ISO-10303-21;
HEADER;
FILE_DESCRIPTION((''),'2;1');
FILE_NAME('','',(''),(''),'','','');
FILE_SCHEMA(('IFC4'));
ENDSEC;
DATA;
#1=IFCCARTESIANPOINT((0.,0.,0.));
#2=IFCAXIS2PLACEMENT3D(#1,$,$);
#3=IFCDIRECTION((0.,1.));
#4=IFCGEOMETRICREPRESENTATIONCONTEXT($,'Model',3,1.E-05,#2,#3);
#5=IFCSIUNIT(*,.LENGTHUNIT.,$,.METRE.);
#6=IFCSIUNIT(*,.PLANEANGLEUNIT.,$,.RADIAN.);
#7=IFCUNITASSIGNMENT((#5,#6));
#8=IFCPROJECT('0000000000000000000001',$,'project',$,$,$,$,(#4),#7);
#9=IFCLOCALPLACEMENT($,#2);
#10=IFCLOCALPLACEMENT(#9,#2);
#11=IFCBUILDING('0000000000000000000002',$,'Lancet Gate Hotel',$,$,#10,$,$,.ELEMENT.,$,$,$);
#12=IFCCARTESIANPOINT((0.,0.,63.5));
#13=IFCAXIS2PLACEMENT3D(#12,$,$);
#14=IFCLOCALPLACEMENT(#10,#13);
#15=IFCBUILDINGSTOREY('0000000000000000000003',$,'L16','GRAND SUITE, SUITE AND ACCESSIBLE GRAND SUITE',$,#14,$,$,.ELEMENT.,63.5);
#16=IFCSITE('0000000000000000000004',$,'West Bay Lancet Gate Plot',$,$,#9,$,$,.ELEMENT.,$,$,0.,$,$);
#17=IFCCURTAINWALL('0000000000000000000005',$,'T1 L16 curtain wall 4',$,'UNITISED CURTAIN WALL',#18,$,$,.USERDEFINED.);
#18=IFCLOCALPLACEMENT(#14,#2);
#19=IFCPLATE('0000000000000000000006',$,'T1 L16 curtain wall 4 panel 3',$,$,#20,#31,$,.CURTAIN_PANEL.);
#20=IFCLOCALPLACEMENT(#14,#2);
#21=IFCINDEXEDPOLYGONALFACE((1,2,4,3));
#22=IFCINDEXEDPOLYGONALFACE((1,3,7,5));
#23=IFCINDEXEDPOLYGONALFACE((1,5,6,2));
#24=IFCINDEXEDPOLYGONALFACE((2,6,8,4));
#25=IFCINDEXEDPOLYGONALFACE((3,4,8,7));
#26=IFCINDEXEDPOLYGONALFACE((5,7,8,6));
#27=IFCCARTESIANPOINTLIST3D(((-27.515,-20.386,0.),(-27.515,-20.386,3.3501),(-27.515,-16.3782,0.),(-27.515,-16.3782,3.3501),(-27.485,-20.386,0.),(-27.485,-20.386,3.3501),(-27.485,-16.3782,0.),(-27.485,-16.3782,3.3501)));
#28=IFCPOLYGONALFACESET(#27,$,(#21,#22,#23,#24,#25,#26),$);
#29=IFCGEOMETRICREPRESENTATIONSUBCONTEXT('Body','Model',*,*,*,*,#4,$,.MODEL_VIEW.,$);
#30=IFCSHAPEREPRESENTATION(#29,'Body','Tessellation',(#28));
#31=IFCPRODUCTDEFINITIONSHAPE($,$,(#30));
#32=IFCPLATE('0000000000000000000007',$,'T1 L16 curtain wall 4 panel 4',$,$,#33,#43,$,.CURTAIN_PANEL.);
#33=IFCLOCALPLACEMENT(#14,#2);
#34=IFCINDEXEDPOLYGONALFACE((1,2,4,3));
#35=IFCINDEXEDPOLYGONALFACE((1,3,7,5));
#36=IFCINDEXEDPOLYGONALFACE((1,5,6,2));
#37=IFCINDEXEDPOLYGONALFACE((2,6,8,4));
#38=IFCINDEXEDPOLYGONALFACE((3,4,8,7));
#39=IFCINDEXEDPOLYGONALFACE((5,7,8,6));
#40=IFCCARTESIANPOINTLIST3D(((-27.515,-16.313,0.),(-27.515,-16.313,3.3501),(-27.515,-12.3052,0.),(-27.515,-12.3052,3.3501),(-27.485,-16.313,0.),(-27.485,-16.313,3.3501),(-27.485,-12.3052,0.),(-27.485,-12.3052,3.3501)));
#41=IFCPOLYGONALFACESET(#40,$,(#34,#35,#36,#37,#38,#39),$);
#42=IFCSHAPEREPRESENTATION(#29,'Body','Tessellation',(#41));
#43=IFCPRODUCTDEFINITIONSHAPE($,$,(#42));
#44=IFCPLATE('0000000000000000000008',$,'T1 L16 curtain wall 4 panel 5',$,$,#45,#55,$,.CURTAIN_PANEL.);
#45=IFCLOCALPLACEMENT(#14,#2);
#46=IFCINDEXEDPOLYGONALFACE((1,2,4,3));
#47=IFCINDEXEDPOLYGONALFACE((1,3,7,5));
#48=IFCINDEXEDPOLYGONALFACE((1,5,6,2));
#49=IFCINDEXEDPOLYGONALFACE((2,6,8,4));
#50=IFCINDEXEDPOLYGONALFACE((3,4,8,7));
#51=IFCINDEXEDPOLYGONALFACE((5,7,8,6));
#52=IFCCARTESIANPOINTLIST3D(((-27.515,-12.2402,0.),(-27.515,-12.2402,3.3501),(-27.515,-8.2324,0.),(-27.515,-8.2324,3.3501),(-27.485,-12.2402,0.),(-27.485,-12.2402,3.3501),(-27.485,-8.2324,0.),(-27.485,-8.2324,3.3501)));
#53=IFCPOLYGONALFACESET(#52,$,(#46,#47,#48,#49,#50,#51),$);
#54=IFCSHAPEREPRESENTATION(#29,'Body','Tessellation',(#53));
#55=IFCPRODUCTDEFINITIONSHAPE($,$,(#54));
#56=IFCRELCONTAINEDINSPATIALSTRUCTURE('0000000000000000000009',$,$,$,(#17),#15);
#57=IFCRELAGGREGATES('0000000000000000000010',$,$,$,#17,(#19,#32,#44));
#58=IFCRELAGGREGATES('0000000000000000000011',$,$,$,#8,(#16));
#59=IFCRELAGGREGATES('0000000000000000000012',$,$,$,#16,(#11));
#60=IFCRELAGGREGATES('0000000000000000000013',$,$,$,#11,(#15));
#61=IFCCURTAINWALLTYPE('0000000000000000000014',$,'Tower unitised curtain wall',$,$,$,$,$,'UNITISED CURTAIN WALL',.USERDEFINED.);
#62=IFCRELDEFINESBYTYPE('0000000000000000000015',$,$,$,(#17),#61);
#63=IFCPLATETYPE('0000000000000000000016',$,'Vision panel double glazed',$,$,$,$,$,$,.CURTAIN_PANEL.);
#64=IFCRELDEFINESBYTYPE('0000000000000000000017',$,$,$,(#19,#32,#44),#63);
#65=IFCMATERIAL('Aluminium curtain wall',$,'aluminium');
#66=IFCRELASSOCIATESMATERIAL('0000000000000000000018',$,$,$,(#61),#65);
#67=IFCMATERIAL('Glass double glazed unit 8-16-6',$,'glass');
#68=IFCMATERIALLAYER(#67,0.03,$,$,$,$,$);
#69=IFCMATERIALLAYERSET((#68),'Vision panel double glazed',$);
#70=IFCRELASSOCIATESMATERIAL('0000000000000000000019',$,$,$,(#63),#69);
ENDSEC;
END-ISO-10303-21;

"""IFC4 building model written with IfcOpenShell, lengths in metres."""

from ifc_helpers import new_model, si_unit, direction, frame, origin, origin_2d, place, context, subcontext, project, spatial, rectangle, extrude, material, layer, layer_set, type_object, element, aggregate, save


model = new_model("IFC4")

# Units and contexts
model_context = context("Model", 3, precision=1e-05, world=origin(), true_north=direction((0.0, 1.0)))
body_context = subcontext(model_context, "Body", "Model", "MODEL_VIEW")
ifc_project = project(units=[si_unit("LENGTHUNIT", "METRE"), si_unit("PLANEANGLEUNIT", "RADIAN")], contexts=[model_context])

# Site, building, storey
site_placement = place(None, origin())
site = spatial("IfcSite", under=ifc_project, at=site_placement, Name="West Bay Lancet Gate Plot", CompositionType="ELEMENT", RefElevation=0.0)
building_placement = place(site_placement, origin())
building = spatial("IfcBuilding", under=site, at=building_placement, Name="Lancet Gate Hotel", CompositionType="ELEMENT")
storey_placement = place(building_placement, frame((0.0, 0.0, 63.5)))
storey = spatial("IfcBuildingStorey", under=building, at=storey_placement, Name="L16", Description="GRAND SUITE, SUITE AND ACCESSIBLE GRAND SUITE", CompositionType="ELEMENT", Elevation=63.5)

# Curtain wall
ifc_material_1 = material(Name="Aluminium curtain wall", Category="aluminium")
curtain_wall_type = type_object("IfcCurtainWallType", Name="Tower unitised curtain wall", ElementType="UNITISED CURTAIN WALL", PredefinedType="USERDEFINED", material=ifc_material_1)
curtain_wall_1_placement = place(storey_placement, origin())
curtain_wall_1 = element("IfcCurtainWall", 1, at=curtain_wall_1_placement, inside=storey, type_object=curtain_wall_type, Name="T1 L16 curtain wall 4", ObjectType="UNITISED CURTAIN WALL", PredefinedType="USERDEFINED")

# Plates
ifc_material_2 = material(Name="Glass double glazed unit 8-16-6", Category="glass")
ifc_layer = layer(ifc_material_2, 0.03)
ifc_layer_set = layer_set([ifc_layer], Name="Vision panel double glazed")
plate_type = type_object("IfcPlateType", Name="Vision panel double glazed", PredefinedType="CURTAIN_PANEL", material=ifc_layer_set)
plate_1_placement = place(storey_placement, frame((-27.5, -18.3821, 0.0), z_axis=(0.0, 0.0, 1.0), x_axis=(0.0, 1.0, 0.0)))
plate_1 = element("IfcPlate", 2, at=plate_1_placement, type_object=plate_type, Name="T1 L16 curtain wall 4 panel 3", PredefinedType="CURTAIN_PANEL", context=body_context, shape_type="SweptSolid", body=[
    extrude(rectangle(XDim=4.0078, YDim=0.03, at=origin_2d()), origin(), (0.0, 0.0, 1.0), 3.3501),
])
plate_2_placement = place(storey_placement, frame((-27.5, -14.3091, 0.0), z_axis=(0.0, 0.0, 1.0), x_axis=(0.0, 1.0, 0.0)))
plate_2 = element("IfcPlate", 3, at=plate_2_placement, type_object=plate_type, Name="T1 L16 curtain wall 4 panel 4", PredefinedType="CURTAIN_PANEL", context=body_context, shape_type="SweptSolid", body=[
    extrude(rectangle(XDim=4.0078, YDim=0.03, at=origin_2d()), origin(), (0.0, 0.0, 1.0), 3.3501),
])
plate_3_placement = place(storey_placement, frame((-27.5, -10.2363, 0.0), z_axis=(0.0, 0.0, 1.0), x_axis=(0.0, 1.0, 0.0)))
plate_3 = element("IfcPlate", 4, at=plate_3_placement, type_object=plate_type, Name="T1 L16 curtain wall 4 panel 5", PredefinedType="CURTAIN_PANEL", context=body_context, shape_type="SweptSolid", body=[
    extrude(rectangle(XDim=4.0078, YDim=0.03, at=origin_2d()), origin(), (0.0, 0.0, 1.0), 3.3501),
])
aggregate(curtain_wall_1, [plate_1, plate_2, plate_3])

save(model, "model.ifc")
